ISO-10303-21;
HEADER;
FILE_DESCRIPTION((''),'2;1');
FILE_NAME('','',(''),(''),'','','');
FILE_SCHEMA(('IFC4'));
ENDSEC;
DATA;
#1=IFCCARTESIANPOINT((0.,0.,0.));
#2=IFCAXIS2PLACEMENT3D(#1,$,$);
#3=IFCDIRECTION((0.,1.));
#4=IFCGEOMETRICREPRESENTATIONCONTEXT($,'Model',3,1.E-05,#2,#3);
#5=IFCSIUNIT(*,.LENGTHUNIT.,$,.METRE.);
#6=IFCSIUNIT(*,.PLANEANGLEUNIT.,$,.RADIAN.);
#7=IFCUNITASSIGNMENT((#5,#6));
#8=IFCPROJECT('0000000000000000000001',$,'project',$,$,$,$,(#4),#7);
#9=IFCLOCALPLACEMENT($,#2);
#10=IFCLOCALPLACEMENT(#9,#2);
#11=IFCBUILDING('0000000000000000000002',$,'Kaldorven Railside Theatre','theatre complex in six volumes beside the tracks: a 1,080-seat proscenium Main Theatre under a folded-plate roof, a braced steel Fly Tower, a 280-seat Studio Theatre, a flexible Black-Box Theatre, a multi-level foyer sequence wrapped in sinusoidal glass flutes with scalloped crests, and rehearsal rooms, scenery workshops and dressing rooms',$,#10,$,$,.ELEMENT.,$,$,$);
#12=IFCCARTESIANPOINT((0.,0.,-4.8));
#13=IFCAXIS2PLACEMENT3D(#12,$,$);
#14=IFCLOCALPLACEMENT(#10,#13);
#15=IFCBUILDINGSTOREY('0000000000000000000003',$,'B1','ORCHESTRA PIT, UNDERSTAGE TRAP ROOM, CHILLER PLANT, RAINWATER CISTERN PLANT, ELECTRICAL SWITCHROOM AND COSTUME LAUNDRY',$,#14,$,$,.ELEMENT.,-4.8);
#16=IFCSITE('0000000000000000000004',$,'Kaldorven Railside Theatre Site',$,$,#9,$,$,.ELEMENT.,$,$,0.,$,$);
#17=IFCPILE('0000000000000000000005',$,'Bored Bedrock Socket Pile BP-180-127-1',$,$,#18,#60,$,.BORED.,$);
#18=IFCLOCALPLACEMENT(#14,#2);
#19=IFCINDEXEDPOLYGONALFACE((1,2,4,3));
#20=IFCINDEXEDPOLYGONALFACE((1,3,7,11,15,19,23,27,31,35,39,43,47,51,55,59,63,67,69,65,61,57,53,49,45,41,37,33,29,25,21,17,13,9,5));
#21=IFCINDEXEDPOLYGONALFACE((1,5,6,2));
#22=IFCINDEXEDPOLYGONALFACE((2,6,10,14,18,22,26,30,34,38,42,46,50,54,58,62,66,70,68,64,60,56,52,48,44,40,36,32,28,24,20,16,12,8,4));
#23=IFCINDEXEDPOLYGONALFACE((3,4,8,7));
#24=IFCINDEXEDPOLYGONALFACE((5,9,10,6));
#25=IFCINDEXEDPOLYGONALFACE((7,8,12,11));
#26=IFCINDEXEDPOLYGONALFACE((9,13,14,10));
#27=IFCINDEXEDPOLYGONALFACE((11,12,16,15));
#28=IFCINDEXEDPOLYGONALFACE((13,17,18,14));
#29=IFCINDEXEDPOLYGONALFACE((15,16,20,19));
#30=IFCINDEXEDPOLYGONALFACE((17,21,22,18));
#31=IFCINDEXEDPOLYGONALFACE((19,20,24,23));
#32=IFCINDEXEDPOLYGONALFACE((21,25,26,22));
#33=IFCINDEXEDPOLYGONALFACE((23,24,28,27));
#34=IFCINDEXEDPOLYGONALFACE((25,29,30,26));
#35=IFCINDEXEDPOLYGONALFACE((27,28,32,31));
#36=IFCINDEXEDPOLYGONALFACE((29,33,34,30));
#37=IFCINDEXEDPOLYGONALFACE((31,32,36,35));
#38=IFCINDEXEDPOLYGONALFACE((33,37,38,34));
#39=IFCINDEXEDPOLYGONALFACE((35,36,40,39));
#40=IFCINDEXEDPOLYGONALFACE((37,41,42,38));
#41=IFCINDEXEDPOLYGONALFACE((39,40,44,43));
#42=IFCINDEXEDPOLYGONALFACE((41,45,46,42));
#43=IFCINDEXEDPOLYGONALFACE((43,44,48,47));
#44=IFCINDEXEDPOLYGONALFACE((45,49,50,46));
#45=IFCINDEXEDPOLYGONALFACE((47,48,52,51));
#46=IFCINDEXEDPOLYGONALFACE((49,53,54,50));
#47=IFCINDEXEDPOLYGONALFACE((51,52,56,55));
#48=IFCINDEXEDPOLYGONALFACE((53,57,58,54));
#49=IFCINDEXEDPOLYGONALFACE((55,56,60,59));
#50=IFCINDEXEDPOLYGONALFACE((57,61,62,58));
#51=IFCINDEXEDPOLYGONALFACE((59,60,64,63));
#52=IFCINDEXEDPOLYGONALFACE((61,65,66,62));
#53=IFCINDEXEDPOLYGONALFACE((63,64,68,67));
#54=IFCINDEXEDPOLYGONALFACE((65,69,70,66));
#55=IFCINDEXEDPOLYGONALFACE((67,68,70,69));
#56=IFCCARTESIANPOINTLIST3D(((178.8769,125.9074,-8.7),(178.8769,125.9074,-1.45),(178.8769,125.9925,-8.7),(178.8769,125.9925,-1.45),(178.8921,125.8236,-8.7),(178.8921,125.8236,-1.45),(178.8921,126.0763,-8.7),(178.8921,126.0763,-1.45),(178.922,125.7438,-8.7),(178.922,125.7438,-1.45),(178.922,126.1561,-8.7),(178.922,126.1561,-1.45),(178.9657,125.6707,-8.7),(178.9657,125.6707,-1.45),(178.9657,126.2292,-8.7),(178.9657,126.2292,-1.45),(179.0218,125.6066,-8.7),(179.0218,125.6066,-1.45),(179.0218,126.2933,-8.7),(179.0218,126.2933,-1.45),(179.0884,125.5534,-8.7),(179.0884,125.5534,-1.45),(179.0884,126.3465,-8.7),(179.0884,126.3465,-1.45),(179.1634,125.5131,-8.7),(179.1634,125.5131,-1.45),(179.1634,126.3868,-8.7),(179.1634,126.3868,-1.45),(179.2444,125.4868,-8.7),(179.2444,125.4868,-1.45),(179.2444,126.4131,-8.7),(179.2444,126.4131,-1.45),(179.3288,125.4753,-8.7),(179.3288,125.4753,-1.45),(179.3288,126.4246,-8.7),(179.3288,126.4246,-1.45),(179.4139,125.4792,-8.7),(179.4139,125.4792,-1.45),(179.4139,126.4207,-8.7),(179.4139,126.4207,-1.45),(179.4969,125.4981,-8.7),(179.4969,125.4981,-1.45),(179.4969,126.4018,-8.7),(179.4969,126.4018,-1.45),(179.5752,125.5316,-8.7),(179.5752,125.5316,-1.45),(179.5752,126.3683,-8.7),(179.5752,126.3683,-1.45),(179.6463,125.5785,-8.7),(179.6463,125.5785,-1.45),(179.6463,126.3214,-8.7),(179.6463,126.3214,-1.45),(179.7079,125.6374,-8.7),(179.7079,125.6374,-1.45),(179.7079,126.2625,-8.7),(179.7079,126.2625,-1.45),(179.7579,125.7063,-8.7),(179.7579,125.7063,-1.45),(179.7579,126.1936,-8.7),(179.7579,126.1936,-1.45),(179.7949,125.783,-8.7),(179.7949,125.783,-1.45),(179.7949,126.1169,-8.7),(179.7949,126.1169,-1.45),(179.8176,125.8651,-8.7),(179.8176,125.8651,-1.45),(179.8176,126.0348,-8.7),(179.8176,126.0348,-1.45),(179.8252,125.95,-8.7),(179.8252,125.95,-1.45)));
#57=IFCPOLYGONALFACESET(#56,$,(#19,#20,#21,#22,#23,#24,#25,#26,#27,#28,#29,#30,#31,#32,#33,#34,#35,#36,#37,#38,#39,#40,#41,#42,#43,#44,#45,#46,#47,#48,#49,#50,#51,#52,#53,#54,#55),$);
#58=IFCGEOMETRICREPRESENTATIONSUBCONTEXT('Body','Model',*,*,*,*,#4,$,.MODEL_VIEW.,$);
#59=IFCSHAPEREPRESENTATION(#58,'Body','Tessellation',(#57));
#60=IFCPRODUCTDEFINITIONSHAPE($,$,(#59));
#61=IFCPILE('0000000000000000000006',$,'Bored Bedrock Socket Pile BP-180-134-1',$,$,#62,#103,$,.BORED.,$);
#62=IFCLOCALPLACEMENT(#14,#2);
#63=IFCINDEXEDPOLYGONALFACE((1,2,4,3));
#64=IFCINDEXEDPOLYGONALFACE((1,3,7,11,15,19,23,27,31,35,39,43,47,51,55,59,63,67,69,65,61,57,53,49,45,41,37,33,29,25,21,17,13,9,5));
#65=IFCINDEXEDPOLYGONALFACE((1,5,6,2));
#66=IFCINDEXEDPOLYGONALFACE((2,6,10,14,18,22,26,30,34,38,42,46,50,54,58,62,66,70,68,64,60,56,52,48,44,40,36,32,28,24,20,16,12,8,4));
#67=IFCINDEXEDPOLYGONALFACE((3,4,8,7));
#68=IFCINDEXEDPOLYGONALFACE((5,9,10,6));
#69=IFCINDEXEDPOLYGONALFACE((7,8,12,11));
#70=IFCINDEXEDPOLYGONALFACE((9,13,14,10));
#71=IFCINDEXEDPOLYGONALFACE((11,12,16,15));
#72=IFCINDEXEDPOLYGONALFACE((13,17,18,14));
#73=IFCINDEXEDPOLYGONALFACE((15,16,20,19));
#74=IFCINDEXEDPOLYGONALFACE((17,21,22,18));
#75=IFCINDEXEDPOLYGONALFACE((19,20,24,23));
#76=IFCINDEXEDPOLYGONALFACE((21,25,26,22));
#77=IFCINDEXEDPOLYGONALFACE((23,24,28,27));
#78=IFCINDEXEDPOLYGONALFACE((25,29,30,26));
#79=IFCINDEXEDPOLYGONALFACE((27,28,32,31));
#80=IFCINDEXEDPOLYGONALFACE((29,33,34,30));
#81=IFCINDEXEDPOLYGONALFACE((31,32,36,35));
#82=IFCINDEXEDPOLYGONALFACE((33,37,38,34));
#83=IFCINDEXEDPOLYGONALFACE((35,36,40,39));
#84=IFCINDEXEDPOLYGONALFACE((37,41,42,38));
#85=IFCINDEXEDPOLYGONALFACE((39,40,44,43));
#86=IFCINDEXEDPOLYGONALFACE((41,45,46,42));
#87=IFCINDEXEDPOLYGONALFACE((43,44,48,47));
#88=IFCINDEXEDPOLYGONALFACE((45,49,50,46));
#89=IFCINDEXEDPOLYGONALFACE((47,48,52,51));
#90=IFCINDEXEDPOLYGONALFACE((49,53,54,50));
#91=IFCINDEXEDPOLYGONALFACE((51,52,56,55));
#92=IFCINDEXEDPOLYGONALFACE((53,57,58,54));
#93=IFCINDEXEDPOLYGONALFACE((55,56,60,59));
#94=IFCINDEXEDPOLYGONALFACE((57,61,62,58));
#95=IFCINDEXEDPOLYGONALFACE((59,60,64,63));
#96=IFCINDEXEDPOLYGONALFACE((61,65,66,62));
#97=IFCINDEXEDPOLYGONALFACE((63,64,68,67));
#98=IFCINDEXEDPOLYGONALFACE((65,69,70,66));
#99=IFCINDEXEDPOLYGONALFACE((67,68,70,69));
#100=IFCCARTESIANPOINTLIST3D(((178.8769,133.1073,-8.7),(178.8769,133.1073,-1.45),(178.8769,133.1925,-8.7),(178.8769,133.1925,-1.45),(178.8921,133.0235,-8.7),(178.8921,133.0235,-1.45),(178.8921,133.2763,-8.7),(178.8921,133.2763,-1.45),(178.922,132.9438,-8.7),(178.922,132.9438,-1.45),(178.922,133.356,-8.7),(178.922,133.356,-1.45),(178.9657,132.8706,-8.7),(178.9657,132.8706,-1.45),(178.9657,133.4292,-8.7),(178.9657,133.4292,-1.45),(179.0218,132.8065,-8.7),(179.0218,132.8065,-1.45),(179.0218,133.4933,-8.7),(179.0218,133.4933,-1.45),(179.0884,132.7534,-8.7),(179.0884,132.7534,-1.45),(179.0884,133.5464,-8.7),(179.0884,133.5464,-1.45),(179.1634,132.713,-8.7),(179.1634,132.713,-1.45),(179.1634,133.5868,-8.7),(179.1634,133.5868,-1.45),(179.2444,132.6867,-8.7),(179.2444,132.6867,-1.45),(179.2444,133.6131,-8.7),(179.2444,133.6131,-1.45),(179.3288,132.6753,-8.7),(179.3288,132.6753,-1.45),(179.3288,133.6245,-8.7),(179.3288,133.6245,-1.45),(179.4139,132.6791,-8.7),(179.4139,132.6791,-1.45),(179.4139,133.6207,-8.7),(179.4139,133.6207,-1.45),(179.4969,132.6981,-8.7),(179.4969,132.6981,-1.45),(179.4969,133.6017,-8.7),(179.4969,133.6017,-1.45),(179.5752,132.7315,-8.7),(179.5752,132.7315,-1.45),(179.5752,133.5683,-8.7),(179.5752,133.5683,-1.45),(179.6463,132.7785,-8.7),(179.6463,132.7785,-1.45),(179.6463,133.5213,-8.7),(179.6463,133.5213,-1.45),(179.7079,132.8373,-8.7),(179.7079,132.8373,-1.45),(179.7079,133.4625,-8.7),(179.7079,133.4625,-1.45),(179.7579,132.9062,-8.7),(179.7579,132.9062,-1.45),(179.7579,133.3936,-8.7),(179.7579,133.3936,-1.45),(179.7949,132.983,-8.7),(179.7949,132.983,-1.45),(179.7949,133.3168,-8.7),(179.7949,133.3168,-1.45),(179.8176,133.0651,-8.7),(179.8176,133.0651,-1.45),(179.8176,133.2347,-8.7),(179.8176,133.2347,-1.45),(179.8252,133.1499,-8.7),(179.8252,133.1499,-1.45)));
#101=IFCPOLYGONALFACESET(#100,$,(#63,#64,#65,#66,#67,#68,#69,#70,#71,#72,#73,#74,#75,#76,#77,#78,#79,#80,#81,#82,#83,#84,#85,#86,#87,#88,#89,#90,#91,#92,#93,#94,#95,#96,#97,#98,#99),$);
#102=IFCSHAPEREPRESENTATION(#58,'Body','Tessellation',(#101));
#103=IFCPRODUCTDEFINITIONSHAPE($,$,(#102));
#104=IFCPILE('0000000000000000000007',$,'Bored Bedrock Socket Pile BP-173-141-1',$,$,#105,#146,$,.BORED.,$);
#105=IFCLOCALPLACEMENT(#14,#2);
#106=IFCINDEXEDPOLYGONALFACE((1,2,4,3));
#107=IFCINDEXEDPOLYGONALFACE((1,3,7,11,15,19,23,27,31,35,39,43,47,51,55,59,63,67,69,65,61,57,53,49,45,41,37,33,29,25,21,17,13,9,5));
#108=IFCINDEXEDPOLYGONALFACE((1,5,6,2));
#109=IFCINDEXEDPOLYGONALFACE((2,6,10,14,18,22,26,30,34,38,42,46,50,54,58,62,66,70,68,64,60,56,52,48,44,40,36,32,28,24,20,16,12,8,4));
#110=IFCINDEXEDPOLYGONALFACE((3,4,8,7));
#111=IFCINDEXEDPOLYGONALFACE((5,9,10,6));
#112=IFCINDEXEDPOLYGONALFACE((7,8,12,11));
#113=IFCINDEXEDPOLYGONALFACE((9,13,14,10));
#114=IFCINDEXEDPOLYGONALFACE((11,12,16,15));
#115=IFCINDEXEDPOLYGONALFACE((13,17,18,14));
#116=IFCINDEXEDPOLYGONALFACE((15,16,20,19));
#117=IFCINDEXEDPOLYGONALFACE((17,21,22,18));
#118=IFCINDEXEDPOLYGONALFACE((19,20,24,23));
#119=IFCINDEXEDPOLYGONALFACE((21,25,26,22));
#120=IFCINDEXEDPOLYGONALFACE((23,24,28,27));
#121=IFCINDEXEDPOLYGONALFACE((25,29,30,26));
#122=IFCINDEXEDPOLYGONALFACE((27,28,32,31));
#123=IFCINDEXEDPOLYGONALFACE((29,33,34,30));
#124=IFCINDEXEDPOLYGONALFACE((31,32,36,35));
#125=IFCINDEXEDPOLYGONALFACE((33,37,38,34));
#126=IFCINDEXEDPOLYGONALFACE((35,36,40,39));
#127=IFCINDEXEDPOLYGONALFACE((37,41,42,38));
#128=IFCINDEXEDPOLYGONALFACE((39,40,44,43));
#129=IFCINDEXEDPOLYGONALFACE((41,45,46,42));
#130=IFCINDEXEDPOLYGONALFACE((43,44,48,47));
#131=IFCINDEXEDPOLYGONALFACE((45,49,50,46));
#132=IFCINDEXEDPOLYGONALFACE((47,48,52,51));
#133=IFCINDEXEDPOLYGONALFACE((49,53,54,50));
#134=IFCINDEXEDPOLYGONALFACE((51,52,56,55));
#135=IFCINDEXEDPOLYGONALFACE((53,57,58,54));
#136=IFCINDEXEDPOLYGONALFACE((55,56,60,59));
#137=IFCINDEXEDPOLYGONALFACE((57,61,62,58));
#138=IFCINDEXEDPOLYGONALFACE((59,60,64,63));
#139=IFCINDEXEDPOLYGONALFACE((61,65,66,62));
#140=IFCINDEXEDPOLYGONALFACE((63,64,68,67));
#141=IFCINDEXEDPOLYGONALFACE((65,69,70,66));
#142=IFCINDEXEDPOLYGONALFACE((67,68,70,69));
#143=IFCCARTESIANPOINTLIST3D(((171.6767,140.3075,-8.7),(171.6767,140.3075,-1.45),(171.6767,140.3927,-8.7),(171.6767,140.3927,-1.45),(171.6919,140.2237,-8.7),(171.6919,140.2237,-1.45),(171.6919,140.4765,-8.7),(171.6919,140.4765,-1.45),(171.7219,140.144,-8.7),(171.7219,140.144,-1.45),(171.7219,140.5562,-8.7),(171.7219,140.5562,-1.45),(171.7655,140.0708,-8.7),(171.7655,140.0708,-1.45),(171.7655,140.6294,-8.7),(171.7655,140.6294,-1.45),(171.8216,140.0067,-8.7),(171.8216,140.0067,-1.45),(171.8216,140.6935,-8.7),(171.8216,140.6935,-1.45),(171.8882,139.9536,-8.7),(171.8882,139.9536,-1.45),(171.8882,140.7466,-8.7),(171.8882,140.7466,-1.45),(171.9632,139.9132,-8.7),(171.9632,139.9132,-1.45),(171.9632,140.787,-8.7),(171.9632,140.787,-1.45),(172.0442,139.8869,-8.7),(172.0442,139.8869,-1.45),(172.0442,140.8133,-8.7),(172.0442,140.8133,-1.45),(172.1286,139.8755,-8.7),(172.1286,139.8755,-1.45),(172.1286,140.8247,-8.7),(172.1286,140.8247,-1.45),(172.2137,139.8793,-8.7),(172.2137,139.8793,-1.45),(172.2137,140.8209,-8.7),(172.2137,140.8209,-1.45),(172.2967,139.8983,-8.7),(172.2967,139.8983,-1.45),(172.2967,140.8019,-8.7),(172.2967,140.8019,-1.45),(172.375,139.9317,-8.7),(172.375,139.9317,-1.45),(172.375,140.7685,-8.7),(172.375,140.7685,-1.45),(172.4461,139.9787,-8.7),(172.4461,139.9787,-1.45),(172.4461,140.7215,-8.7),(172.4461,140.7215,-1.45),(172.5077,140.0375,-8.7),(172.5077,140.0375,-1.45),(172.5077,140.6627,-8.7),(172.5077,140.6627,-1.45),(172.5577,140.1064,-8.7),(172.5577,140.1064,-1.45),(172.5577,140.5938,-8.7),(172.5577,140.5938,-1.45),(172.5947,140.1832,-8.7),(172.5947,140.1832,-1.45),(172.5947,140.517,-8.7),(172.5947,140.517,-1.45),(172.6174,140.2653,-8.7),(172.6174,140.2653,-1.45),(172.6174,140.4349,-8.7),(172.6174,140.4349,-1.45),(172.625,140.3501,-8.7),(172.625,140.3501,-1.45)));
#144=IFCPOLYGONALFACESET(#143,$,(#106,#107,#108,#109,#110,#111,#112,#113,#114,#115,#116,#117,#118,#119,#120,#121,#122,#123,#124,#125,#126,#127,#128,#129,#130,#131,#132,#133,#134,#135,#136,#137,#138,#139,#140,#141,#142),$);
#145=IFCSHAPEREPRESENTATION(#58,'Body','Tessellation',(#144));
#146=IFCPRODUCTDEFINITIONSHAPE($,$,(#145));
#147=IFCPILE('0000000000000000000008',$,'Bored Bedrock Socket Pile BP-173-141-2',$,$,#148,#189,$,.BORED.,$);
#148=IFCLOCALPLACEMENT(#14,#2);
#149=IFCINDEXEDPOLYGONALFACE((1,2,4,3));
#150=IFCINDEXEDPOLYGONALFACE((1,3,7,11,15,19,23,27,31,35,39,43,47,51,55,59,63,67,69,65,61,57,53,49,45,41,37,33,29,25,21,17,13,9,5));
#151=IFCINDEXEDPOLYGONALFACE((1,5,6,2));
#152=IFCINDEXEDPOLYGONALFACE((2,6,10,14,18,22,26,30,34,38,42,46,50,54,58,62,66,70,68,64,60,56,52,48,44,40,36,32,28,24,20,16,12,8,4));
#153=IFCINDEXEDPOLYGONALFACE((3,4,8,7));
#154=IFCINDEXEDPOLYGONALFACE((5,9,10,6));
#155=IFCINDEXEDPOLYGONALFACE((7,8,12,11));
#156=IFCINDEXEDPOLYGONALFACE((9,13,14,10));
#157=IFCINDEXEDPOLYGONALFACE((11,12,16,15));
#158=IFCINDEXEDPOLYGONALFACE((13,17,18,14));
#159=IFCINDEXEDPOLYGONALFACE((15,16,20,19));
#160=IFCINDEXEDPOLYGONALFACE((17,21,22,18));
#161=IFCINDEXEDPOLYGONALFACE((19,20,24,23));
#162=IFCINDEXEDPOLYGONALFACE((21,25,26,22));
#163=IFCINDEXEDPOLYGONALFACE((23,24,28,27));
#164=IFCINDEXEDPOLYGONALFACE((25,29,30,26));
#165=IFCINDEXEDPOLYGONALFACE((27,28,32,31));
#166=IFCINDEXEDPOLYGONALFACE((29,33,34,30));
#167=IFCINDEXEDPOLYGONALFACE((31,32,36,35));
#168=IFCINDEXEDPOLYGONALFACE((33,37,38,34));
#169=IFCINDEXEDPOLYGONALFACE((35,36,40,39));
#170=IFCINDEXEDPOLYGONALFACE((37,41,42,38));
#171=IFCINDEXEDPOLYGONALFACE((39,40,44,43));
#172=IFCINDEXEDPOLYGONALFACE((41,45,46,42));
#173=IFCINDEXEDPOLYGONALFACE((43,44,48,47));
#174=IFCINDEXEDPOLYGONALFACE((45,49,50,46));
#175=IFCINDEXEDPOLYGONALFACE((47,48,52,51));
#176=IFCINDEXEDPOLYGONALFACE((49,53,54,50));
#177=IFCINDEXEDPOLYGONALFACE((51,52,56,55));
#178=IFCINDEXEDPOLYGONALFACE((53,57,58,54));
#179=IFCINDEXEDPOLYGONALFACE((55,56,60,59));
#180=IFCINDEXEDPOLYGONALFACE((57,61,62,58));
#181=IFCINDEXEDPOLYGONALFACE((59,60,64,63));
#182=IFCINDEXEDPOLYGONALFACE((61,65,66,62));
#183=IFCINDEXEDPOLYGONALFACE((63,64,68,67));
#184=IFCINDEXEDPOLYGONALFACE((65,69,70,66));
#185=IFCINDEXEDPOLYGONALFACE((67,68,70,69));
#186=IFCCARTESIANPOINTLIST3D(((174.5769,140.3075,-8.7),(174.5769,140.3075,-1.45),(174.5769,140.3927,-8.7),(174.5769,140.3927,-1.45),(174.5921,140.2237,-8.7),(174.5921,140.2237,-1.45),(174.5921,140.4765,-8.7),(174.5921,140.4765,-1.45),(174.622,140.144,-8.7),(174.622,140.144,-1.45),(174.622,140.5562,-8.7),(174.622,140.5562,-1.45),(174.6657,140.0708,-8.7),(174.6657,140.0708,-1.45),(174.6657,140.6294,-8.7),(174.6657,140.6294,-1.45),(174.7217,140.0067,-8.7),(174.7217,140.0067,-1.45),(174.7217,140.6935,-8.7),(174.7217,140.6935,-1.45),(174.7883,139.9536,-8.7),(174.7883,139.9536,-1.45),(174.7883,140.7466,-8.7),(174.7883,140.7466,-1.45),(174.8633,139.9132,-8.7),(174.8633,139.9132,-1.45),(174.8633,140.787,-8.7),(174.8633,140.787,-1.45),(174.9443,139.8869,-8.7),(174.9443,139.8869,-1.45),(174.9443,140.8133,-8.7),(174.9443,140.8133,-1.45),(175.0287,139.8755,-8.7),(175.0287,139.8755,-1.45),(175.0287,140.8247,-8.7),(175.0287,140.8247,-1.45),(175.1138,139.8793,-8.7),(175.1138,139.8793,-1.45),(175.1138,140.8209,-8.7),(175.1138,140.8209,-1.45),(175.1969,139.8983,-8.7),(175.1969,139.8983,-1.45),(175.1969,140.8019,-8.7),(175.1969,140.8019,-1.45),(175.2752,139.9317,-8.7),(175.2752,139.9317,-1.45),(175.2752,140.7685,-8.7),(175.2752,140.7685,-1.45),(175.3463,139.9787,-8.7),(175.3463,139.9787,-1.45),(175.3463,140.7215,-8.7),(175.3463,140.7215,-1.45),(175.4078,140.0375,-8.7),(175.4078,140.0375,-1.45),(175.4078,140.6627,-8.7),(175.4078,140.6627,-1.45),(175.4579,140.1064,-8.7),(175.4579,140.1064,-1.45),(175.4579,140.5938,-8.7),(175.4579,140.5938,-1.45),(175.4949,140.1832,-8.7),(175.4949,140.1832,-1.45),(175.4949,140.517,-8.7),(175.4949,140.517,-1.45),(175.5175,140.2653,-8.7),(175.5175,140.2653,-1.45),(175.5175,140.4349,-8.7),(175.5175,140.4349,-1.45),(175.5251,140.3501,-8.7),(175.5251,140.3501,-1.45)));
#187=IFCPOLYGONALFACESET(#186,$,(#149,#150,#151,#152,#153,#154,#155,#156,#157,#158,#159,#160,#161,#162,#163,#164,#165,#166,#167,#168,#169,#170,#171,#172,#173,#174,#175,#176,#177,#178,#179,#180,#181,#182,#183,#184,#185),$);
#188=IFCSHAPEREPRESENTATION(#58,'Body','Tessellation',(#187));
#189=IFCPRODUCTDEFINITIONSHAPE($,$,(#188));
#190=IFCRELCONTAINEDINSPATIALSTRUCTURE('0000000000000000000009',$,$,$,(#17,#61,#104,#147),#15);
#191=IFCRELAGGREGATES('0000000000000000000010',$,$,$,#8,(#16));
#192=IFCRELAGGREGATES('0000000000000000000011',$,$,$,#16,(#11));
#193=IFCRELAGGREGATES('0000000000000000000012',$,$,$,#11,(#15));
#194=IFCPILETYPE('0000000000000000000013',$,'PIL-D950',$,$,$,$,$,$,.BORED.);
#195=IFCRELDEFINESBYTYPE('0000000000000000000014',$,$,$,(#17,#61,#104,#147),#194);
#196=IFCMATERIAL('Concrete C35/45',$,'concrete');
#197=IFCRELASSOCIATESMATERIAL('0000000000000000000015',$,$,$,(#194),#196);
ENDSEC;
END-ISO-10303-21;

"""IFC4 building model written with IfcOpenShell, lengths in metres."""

from ifc_helpers import new_model, si_unit, direction, frame, origin, origin_2d, place, context, subcontext, project, spatial, circle, extrude, material, material_profile, profile_set, type_object, element, save


model = new_model("IFC4")

# Units and contexts
model_context = context("Model", 3, precision=1e-05, world=origin(), true_north=direction((0.0, 1.0)))
body_context = subcontext(model_context, "Body", "Model", "MODEL_VIEW")
ifc_project = project(units=[si_unit("LENGTHUNIT", "METRE"), si_unit("PLANEANGLEUNIT", "RADIAN")], contexts=[model_context])

# Site, building, storey
site_placement = place(None, origin())
site = spatial("IfcSite", under=ifc_project, at=site_placement, Name="Kaldorven Railside Theatre Site", CompositionType="ELEMENT", RefElevation=0.0)
building_placement = place(site_placement, origin())
building = spatial("IfcBuilding", under=site, at=building_placement, Name="Kaldorven Railside Theatre", Description="theatre complex in six volumes beside the tracks: a 1,080-seat proscenium Main Theatre under a folded-plate roof, a braced steel Fly Tower, a 280-seat Studio Theatre, a flexible Black-Box Theatre, a multi-level foyer sequence wrapped in sinusoidal glass flutes with scalloped crests, and rehearsal rooms, scenery workshops and dressing rooms", CompositionType="ELEMENT")
storey_placement = place(building_placement, frame((0.0, 0.0, -4.8)))
storey = spatial("IfcBuildingStorey", under=building, at=storey_placement, Name="B1", Description="ORCHESTRA PIT, UNDERSTAGE TRAP ROOM, CHILLER PLANT, RAINWATER CISTERN PLANT, ELECTRICAL SWITCHROOM AND COSTUME LAUNDRY", CompositionType="ELEMENT", Elevation=-4.8)

# Piles
ifc_material_1 = material(Name="Concrete C35/45", Category="concrete")
ifc_material_profile_1 = material_profile(ifc_material_1, circle(Radius=0.4751, at=origin_2d()), Name="BP D950")
ifc_profile_set_1 = profile_set([ifc_material_profile_1], Name="Concrete C35/45")
pile_type_1 = type_object("IfcPileType", Name="PIL-D950", PredefinedType="BORED", material=ifc_profile_set_1)
for number, where, z_axis, x_axis, name in (
    (1, (179.3501, 125.95, -1.45), (0.0, 0.0, -1.0), (1.0, 0.0, 0.0), "Bored Bedrock Socket Pile BP-180-127-1"),
    (2, (179.3501, 133.1499, -1.45), (0.0, 0.0, -1.0), (1.0, 0.0, 0.0), "Bored Bedrock Socket Pile BP-180-134-1"),
    (3, (172.1499, 140.3501, -1.45), (0.0, 0.0, -1.0), (1.0, 0.0, 0.0), "Bored Bedrock Socket Pile BP-173-141-1"),
    (4, (175.05, 140.3501, -1.45), (0.0, 0.0, -1.0), (1.0, 0.0, 0.0), "Bored Bedrock Socket Pile BP-173-141-2"),
):
    element("IfcPile", number, at=place(storey_placement, frame(where, z_axis=z_axis, x_axis=x_axis)), inside=storey, type_object=pile_type_1, Name=name, PredefinedType="BORED", context=body_context, shape_type="SweptSolid", body=[
        extrude(circle(Radius=0.4751, at=origin_2d()), origin(), (0.0, 0.0, 1.0), 7.25),
    ])

save(model, "model.ifc")
